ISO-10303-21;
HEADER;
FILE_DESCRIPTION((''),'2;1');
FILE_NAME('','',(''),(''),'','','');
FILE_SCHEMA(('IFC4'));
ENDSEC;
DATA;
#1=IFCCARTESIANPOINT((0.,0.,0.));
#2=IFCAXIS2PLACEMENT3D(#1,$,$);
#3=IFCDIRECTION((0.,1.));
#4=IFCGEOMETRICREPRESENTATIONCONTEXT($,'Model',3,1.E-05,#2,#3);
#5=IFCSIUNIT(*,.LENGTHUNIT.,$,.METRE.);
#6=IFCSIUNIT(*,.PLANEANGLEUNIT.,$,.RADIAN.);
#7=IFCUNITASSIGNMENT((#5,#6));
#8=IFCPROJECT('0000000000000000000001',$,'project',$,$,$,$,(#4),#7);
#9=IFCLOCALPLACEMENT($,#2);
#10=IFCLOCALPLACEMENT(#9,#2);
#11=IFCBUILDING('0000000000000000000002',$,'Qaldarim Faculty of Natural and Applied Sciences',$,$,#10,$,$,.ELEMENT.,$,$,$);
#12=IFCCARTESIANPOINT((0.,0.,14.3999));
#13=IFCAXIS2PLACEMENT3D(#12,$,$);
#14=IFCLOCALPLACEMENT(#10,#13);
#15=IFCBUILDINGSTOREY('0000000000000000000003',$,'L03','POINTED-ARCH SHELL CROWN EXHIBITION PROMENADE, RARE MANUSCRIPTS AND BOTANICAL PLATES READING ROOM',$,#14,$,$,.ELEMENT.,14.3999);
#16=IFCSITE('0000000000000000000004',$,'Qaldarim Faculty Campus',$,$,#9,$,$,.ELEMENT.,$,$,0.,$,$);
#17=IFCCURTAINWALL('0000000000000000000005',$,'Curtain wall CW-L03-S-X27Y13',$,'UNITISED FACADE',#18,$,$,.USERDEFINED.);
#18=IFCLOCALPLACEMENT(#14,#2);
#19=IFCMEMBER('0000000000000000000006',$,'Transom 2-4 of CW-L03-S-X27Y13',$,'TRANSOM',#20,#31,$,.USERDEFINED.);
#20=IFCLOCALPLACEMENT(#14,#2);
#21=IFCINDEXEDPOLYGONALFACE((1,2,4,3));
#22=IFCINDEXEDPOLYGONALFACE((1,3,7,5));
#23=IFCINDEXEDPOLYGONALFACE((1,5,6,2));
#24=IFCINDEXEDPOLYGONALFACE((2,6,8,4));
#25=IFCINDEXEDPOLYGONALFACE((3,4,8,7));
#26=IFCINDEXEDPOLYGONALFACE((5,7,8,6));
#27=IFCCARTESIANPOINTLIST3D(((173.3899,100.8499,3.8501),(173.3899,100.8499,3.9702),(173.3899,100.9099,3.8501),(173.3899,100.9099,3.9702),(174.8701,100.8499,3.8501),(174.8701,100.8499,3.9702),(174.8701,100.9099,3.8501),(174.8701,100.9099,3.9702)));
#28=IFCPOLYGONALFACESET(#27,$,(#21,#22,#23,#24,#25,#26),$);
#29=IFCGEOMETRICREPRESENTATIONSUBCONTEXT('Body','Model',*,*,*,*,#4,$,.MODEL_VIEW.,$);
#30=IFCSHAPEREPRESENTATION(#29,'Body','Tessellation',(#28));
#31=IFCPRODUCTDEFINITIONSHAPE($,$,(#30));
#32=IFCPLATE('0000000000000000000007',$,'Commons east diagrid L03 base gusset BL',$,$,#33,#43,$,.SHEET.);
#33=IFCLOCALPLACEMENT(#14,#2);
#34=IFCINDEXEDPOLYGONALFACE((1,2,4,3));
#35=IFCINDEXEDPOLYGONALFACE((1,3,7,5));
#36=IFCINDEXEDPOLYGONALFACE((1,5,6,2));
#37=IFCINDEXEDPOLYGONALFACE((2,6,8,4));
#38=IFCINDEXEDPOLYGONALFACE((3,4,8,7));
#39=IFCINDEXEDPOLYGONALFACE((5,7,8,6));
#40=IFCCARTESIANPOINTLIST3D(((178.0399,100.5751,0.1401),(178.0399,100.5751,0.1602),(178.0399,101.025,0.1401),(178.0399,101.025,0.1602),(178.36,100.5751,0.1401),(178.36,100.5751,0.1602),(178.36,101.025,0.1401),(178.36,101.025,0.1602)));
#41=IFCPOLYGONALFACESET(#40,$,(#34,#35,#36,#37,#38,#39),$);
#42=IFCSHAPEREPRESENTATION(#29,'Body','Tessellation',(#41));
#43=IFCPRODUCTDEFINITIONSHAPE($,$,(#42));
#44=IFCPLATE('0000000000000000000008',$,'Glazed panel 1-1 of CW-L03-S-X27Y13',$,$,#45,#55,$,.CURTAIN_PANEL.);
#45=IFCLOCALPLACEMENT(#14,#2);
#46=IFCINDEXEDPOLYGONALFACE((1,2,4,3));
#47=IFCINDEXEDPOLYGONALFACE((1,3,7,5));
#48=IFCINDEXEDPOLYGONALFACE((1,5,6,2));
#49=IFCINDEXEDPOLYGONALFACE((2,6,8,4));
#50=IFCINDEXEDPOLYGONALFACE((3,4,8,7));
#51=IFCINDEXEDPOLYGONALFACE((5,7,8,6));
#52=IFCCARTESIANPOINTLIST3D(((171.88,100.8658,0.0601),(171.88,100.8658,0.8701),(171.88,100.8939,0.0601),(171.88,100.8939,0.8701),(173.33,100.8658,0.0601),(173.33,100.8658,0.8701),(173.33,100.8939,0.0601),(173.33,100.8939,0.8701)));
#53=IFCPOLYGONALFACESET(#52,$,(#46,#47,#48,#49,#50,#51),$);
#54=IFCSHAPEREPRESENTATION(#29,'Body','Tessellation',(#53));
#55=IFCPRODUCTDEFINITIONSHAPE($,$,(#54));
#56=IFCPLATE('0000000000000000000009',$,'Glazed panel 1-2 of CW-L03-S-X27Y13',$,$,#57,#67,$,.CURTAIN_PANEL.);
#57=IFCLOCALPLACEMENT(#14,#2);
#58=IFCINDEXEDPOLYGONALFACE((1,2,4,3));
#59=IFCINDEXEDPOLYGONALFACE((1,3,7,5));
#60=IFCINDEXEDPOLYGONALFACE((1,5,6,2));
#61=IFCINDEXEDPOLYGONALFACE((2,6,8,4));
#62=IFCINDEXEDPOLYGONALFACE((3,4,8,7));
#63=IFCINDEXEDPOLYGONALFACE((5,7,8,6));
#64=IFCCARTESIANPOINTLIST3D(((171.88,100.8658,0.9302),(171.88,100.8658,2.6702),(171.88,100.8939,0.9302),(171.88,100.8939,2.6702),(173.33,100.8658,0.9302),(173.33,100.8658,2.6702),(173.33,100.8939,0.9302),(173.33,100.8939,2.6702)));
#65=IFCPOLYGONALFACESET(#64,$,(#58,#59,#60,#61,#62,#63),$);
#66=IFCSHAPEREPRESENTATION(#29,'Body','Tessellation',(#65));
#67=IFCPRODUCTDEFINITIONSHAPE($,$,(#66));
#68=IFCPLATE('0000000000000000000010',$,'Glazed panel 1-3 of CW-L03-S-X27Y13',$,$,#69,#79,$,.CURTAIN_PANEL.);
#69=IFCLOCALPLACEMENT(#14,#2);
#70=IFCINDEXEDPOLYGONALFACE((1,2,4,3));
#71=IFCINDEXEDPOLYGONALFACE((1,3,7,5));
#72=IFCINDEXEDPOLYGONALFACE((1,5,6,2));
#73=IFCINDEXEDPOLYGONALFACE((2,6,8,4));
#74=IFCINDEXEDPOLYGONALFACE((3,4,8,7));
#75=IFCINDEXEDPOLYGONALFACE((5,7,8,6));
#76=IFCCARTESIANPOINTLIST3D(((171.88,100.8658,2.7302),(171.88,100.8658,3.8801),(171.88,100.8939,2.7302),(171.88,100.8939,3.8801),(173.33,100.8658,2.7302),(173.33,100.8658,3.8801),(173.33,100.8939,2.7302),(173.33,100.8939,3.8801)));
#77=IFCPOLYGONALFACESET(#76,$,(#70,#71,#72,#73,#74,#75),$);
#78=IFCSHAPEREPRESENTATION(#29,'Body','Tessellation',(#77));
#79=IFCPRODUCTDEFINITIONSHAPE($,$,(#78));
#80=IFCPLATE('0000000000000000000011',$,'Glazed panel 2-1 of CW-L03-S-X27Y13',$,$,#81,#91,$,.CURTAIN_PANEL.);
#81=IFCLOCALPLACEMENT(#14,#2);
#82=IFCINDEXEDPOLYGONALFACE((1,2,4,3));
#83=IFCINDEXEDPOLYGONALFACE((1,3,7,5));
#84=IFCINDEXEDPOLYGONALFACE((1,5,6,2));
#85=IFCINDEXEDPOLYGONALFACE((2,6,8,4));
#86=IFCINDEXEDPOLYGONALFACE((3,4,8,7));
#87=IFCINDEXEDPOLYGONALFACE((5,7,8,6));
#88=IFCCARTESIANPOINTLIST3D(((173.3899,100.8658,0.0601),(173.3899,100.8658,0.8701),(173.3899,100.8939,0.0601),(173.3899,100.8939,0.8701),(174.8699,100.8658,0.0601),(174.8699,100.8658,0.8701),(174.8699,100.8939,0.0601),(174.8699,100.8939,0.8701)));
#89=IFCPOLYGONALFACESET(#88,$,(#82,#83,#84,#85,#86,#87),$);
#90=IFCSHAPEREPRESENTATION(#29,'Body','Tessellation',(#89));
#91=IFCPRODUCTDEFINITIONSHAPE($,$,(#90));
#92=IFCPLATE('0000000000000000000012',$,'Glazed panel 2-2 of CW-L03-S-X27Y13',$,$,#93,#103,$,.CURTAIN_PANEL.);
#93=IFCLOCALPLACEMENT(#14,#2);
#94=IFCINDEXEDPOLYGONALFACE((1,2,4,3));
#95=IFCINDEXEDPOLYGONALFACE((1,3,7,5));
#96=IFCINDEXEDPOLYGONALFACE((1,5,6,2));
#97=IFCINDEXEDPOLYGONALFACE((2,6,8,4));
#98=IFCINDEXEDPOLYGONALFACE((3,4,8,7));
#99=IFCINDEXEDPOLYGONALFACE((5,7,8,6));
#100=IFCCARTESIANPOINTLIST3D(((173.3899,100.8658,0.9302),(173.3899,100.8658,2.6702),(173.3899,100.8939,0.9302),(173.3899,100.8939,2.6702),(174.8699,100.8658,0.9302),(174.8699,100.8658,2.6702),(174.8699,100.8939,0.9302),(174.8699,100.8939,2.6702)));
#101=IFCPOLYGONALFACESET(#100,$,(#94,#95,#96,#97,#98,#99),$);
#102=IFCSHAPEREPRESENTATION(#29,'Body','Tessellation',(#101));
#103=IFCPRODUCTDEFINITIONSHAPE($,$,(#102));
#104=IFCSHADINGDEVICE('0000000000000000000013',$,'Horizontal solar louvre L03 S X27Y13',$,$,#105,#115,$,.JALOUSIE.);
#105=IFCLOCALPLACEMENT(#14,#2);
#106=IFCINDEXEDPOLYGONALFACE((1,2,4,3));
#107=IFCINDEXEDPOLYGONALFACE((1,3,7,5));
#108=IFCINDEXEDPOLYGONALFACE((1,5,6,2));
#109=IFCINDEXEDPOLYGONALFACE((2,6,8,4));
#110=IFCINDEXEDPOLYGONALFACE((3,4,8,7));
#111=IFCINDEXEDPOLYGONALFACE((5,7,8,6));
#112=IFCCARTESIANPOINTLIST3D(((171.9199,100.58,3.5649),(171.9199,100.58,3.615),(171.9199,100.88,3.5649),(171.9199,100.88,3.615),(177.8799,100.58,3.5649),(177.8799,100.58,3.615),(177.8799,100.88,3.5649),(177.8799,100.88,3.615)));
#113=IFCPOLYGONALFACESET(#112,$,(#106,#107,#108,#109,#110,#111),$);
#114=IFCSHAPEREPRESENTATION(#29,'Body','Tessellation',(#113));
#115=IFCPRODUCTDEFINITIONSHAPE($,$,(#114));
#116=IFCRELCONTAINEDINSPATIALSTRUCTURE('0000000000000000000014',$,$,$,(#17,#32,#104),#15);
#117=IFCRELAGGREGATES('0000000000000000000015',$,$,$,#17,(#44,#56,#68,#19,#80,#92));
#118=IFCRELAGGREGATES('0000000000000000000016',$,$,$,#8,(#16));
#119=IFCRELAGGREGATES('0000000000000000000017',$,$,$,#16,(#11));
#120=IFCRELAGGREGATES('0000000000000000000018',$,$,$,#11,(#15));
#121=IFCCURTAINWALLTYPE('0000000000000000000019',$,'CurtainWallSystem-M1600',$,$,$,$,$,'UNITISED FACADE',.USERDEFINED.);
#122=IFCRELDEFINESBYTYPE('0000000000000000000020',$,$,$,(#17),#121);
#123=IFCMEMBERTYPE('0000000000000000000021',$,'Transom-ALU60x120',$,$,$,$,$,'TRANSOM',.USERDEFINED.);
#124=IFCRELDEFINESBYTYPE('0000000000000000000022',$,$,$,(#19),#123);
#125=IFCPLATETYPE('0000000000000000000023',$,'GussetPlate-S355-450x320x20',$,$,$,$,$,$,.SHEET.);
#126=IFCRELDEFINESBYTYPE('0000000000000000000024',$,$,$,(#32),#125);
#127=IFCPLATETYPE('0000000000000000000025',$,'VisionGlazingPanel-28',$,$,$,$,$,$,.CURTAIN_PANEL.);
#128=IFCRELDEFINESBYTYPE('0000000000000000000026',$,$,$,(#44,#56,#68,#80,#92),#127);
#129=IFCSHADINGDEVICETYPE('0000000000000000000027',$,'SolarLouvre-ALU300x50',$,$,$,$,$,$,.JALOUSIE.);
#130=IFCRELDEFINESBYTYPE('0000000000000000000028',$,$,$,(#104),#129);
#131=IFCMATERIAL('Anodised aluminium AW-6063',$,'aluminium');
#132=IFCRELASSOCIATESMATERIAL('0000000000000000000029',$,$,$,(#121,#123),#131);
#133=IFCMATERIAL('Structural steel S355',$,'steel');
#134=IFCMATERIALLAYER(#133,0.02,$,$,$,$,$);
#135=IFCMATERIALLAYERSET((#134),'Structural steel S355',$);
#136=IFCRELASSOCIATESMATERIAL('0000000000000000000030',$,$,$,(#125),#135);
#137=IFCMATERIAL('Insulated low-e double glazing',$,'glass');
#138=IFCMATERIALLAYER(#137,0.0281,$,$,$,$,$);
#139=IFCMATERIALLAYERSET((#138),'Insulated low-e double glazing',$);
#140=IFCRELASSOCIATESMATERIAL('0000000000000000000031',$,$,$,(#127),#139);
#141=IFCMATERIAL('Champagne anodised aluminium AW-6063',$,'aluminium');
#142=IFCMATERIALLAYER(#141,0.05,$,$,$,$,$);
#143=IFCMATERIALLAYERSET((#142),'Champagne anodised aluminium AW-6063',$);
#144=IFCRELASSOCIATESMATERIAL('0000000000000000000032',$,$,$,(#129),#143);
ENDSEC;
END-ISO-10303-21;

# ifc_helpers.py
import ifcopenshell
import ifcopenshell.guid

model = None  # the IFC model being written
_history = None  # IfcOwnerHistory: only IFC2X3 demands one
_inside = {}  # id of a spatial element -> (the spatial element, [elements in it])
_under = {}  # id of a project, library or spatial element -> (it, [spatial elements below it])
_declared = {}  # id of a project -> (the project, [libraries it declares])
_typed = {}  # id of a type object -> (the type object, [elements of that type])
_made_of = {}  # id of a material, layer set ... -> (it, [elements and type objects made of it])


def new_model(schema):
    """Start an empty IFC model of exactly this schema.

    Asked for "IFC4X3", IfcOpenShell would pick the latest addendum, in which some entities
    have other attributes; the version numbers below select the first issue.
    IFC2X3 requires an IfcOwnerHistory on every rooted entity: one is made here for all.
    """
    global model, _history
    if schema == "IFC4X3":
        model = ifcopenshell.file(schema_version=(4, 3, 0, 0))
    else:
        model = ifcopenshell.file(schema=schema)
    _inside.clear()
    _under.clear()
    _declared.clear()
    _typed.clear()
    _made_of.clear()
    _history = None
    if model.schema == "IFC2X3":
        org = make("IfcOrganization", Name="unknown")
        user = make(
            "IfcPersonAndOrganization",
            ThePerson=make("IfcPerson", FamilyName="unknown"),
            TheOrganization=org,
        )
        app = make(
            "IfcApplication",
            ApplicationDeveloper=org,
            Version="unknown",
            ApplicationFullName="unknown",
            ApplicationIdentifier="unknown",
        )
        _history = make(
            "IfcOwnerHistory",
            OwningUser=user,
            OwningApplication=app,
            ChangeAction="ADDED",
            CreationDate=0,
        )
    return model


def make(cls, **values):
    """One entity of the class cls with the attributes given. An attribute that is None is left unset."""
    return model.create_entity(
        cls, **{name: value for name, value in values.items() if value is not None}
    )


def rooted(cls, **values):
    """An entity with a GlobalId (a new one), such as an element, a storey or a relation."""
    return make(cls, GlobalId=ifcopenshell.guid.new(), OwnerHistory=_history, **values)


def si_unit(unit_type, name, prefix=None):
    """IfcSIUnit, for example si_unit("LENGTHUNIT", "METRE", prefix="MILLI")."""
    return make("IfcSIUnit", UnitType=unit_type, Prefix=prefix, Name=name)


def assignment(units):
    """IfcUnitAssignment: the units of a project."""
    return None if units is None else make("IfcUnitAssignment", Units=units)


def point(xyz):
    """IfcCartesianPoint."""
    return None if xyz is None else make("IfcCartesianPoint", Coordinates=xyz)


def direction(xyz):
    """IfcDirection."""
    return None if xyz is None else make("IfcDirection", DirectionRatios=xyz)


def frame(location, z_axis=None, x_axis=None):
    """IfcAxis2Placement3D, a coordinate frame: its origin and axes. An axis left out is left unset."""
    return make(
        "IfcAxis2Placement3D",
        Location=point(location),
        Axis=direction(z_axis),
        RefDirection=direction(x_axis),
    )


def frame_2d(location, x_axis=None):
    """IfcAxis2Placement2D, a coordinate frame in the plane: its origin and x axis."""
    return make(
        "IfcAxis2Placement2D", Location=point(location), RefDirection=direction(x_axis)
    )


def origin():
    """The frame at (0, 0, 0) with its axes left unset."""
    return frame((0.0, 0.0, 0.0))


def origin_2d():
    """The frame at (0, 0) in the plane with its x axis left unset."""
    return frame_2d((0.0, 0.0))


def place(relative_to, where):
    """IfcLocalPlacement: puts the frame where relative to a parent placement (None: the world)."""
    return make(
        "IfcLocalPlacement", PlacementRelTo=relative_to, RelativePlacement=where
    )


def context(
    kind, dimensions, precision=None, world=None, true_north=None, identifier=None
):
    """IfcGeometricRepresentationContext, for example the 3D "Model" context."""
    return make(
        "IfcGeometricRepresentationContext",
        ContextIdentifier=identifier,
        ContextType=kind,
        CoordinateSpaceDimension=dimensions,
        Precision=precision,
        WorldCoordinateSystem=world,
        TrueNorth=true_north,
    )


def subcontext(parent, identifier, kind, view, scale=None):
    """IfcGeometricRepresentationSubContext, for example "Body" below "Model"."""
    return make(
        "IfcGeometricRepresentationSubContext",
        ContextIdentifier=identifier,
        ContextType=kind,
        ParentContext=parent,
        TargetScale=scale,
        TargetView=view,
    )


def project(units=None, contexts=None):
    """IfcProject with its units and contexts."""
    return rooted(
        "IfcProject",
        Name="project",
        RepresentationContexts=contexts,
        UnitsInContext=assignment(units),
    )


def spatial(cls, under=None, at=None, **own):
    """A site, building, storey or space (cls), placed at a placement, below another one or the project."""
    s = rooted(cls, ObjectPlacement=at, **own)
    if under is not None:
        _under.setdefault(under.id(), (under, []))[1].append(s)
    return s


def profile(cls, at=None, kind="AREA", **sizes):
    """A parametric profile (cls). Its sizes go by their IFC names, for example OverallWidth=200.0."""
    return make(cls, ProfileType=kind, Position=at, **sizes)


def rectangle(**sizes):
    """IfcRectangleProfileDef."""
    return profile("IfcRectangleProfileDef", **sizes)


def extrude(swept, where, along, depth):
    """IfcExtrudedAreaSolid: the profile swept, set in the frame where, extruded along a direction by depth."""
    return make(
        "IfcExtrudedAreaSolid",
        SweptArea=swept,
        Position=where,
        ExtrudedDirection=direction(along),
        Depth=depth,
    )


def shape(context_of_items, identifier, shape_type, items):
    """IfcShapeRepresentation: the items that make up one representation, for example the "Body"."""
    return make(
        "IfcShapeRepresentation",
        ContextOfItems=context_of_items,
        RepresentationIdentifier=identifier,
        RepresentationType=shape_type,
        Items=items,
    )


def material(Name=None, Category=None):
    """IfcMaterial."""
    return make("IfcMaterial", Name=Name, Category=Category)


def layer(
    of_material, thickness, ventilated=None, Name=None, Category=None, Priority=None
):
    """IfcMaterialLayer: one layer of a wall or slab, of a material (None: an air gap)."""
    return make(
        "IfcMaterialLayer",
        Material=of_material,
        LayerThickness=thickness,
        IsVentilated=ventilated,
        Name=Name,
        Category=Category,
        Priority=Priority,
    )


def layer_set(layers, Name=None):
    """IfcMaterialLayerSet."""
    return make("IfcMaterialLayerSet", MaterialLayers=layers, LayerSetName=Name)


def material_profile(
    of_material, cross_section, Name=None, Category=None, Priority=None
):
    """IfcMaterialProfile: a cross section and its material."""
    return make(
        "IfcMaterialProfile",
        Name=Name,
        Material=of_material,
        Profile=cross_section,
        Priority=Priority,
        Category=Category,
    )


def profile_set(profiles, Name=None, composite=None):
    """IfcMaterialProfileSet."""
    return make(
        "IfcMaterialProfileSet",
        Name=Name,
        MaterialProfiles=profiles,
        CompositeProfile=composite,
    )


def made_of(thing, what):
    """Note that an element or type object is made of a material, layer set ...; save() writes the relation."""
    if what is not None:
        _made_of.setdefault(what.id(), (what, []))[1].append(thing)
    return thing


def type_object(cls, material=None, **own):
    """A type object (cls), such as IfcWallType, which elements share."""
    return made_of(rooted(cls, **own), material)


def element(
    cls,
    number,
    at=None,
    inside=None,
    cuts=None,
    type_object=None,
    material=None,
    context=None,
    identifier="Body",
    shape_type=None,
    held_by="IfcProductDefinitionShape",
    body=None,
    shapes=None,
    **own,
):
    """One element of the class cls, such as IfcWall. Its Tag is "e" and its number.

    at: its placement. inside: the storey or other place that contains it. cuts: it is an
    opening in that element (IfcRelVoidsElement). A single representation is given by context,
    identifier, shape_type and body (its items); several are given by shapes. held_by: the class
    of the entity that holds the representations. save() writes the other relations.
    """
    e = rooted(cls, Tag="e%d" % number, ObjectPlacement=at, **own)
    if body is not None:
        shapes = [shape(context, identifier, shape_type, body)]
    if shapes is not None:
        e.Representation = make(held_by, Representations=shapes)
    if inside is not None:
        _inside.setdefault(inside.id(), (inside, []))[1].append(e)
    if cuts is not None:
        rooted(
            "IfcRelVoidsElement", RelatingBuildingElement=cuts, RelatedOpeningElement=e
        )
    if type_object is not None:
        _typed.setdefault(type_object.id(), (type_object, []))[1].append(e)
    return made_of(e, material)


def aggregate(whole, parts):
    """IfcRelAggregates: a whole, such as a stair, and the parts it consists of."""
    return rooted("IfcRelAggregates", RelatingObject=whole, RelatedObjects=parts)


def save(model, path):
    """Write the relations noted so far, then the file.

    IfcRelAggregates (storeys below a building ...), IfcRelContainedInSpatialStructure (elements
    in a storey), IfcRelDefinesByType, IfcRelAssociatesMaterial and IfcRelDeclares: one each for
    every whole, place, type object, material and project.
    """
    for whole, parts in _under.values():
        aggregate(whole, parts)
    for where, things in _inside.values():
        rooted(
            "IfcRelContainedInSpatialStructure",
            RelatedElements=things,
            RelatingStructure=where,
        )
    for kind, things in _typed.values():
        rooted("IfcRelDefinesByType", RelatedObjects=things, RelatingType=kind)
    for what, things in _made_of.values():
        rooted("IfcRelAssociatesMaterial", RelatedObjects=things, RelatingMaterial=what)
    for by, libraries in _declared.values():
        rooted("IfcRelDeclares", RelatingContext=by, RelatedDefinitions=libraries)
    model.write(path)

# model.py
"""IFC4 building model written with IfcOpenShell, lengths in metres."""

from ifc_helpers import new_model, si_unit, direction, frame, origin, origin_2d, place, context, subcontext, project, spatial, rectangle, extrude, material, layer, layer_set, material_profile, profile_set, type_object, element, aggregate, save


model = new_model("IFC4")

# Units and contexts
model_context = context("Model", 3, precision=1e-05, world=origin(), true_north=direction((0.0, 1.0)))
body_context = subcontext(model_context, "Body", "Model", "MODEL_VIEW")
ifc_project = project(units=[si_unit("LENGTHUNIT", "METRE"), si_unit("PLANEANGLEUNIT", "RADIAN")], contexts=[model_context])

# Site, building, storey
site_placement = place(None, origin())
site = spatial("IfcSite", under=ifc_project, at=site_placement, Name="Qaldarim Faculty Campus", CompositionType="ELEMENT", RefElevation=0.0)
building_placement = place(site_placement, origin())
building = spatial("IfcBuilding", under=site, at=building_placement, Name="Qaldarim Faculty of Natural and Applied Sciences", CompositionType="ELEMENT")
storey_placement = place(building_placement, frame((0.0, 0.0, 14.3999)))
storey = spatial("IfcBuildingStorey", under=building, at=storey_placement, Name="L03", Description="POINTED-ARCH SHELL CROWN EXHIBITION PROMENADE, RARE MANUSCRIPTS AND BOTANICAL PLATES READING ROOM", CompositionType="ELEMENT", Elevation=14.3999)

# Shared definitions
ifc_material_1 = material(Name="Structural steel S355", Category="steel")

# Shared definitions
ifc_material_2 = material(Name="Anodised aluminium AW-6063", Category="aluminium")
curtain_wall_type = type_object("IfcCurtainWallType", Name="CurtainWallSystem-M1600", ElementType="UNITISED FACADE", PredefinedType="USERDEFINED", material=ifc_material_2)

# Curtain wall
curtain_wall_1_placement = place(storey_placement, origin())
curtain_wall_1 = element("IfcCurtainWall", 1, at=curtain_wall_1_placement, inside=storey, type_object=curtain_wall_type, Name="Curtain wall CW-L03-S-X27Y13", ObjectType="UNITISED FACADE", PredefinedType="USERDEFINED")

# Member
ifc_material_profile_1 = material_profile(ifc_material_2, rectangle(XDim=0.0601, YDim=0.1201, at=origin_2d()), Name="ALU-T60x120")
ifc_profile_set_1 = profile_set([ifc_material_profile_1], Name="Anodised aluminium AW-6063")
member_type_1 = type_object("IfcMemberType", Name="Transom-ALU60x120", ElementType="TRANSOM", PredefinedType="USERDEFINED", material=ifc_profile_set_1)
member_1_placement = place(storey_placement, frame((173.3899, 100.8799, 3.9102), z_axis=(1.0, 0.0, 0.0), x_axis=(0.0, 1.0, 0.0)))
member_1 = element("IfcMember", 2, at=member_1_placement, type_object=member_type_1, Name="Transom 2-4 of CW-L03-S-X27Y13", ObjectType="TRANSOM", PredefinedType="USERDEFINED", context=body_context, shape_type="SweptSolid", body=[
    extrude(rectangle(XDim=0.0601, YDim=0.1201, at=origin_2d()), origin(), (0.0, 0.0, 1.0), 1.4802),
])

# Plates
ifc_layer_1 = layer(ifc_material_1, 0.02)
ifc_layer_set_1 = layer_set([ifc_layer_1], Name="Structural steel S355")
plate_type_1 = type_object("IfcPlateType", Name="GussetPlate-S355-450x320x20", PredefinedType="SHEET", material=ifc_layer_set_1)
plate_1_placement = place(storey_placement, frame((178.2, 100.8, 0.1401), z_axis=(0.0, 0.0, 1.0), x_axis=(0.0, 1.0, 0.0)))
element("IfcPlate", 3, at=plate_1_placement, inside=storey, type_object=plate_type_1, Name="Commons east diagrid L03 base gusset BL", PredefinedType="SHEET", context=body_context, shape_type="SweptSolid", body=[
    extrude(rectangle(XDim=0.45, YDim=0.3201, at=origin_2d()), origin(), (0.0, 0.0, 1.0), 0.02),
])
ifc_material_3 = material(Name="Insulated low-e double glazing", Category="glass")
ifc_layer_2 = layer(ifc_material_3, 0.0281)
ifc_layer_set_2 = layer_set([ifc_layer_2], Name="Insulated low-e double glazing")
plate_type_2 = type_object("IfcPlateType", Name="VisionGlazingPanel-28", PredefinedType="CURTAIN_PANEL", material=ifc_layer_set_2)
plate_2_placement = place(storey_placement, frame((172.605, 100.8799, 0.0601), z_axis=(0.0, 0.0, 1.0), x_axis=(1.0, 0.0, 0.0)))
plate_2 = element("IfcPlate", 4, at=plate_2_placement, type_object=plate_type_2, Name="Glazed panel 1-1 of CW-L03-S-X27Y13", PredefinedType="CURTAIN_PANEL", context=body_context, shape_type="SweptSolid", body=[
    extrude(rectangle(XDim=1.45, YDim=0.0281, at=origin_2d()), origin(), (0.0, 0.0, 1.0), 0.8101),
])
plate_3_placement = place(storey_placement, frame((172.605, 100.8799, 0.9302), z_axis=(0.0, 0.0, 1.0), x_axis=(1.0, 0.0, 0.0)))
plate_3 = element("IfcPlate", 5, at=plate_3_placement, type_object=plate_type_2, Name="Glazed panel 1-2 of CW-L03-S-X27Y13", PredefinedType="CURTAIN_PANEL", context=body_context, shape_type="SweptSolid", body=[
    extrude(rectangle(XDim=1.45, YDim=0.0281, at=origin_2d()), origin(), (0.0, 0.0, 1.0), 1.74),
])
plate_4_placement = place(storey_placement, frame((172.605, 100.8799, 2.7302), z_axis=(0.0, 0.0, 1.0), x_axis=(1.0, 0.0, 0.0)))
plate_4 = element("IfcPlate", 6, at=plate_4_placement, type_object=plate_type_2, Name="Glazed panel 1-3 of CW-L03-S-X27Y13", PredefinedType="CURTAIN_PANEL", context=body_context, shape_type="SweptSolid", body=[
    extrude(rectangle(XDim=1.45, YDim=0.0281, at=origin_2d()), origin(), (0.0, 0.0, 1.0), 1.1499),
])
plate_5_placement = place(storey_placement, frame((174.1299, 100.8799, 0.0601), z_axis=(0.0, 0.0, 1.0), x_axis=(1.0, 0.0, 0.0)))
plate_5 = element("IfcPlate", 7, at=plate_5_placement, type_object=plate_type_2, Name="Glazed panel 2-1 of CW-L03-S-X27Y13", PredefinedType="CURTAIN_PANEL", context=body_context, shape_type="SweptSolid", body=[
    extrude(rectangle(XDim=1.48, YDim=0.0281, at=origin_2d()), origin(), (0.0, 0.0, 1.0), 0.8101),
])
plate_6_placement = place(storey_placement, frame((174.1299, 100.8799, 0.9302), z_axis=(0.0, 0.0, 1.0), x_axis=(1.0, 0.0, 0.0)))
plate_6 = element("IfcPlate", 8, at=plate_6_placement, type_object=plate_type_2, Name="Glazed panel 2-2 of CW-L03-S-X27Y13", PredefinedType="CURTAIN_PANEL", context=body_context, shape_type="SweptSolid", body=[
    extrude(rectangle(XDim=1.48, YDim=0.0281, at=origin_2d()), origin(), (0.0, 0.0, 1.0), 1.74),
])
aggregate(curtain_wall_1, [plate_2, plate_3, plate_4, member_1, plate_5, plate_6])

# Shading device
ifc_material_4 = material(Name="Champagne anodised aluminium AW-6063", Category="aluminium")
ifc_layer_3 = layer(ifc_material_4, 0.05)
ifc_layer_set_3 = layer_set([ifc_layer_3], Name="Champagne anodised aluminium AW-6063")
shading_device_type = type_object("IfcShadingDeviceType", Name="SolarLouvre-ALU300x50", PredefinedType="JALOUSIE", material=ifc_layer_set_3)
shading_device_placement = place(storey_placement, frame((174.8999, 100.73, 3.5649), z_axis=(0.0, 0.0, 1.0), x_axis=(1.0, 0.0, 0.0)))
element("IfcShadingDevice", 9, at=shading_device_placement, inside=storey, type_object=shading_device_type, Name="Horizontal solar louvre L03 S X27Y13", PredefinedType="JALOUSIE", context=body_context, shape_type="SweptSolid", body=[
    extrude(rectangle(XDim=5.96, YDim=0.3, at=origin_2d()), origin(), (0.0, 0.0, 1.0), 0.05),
])

save(model, "model.ifc")
